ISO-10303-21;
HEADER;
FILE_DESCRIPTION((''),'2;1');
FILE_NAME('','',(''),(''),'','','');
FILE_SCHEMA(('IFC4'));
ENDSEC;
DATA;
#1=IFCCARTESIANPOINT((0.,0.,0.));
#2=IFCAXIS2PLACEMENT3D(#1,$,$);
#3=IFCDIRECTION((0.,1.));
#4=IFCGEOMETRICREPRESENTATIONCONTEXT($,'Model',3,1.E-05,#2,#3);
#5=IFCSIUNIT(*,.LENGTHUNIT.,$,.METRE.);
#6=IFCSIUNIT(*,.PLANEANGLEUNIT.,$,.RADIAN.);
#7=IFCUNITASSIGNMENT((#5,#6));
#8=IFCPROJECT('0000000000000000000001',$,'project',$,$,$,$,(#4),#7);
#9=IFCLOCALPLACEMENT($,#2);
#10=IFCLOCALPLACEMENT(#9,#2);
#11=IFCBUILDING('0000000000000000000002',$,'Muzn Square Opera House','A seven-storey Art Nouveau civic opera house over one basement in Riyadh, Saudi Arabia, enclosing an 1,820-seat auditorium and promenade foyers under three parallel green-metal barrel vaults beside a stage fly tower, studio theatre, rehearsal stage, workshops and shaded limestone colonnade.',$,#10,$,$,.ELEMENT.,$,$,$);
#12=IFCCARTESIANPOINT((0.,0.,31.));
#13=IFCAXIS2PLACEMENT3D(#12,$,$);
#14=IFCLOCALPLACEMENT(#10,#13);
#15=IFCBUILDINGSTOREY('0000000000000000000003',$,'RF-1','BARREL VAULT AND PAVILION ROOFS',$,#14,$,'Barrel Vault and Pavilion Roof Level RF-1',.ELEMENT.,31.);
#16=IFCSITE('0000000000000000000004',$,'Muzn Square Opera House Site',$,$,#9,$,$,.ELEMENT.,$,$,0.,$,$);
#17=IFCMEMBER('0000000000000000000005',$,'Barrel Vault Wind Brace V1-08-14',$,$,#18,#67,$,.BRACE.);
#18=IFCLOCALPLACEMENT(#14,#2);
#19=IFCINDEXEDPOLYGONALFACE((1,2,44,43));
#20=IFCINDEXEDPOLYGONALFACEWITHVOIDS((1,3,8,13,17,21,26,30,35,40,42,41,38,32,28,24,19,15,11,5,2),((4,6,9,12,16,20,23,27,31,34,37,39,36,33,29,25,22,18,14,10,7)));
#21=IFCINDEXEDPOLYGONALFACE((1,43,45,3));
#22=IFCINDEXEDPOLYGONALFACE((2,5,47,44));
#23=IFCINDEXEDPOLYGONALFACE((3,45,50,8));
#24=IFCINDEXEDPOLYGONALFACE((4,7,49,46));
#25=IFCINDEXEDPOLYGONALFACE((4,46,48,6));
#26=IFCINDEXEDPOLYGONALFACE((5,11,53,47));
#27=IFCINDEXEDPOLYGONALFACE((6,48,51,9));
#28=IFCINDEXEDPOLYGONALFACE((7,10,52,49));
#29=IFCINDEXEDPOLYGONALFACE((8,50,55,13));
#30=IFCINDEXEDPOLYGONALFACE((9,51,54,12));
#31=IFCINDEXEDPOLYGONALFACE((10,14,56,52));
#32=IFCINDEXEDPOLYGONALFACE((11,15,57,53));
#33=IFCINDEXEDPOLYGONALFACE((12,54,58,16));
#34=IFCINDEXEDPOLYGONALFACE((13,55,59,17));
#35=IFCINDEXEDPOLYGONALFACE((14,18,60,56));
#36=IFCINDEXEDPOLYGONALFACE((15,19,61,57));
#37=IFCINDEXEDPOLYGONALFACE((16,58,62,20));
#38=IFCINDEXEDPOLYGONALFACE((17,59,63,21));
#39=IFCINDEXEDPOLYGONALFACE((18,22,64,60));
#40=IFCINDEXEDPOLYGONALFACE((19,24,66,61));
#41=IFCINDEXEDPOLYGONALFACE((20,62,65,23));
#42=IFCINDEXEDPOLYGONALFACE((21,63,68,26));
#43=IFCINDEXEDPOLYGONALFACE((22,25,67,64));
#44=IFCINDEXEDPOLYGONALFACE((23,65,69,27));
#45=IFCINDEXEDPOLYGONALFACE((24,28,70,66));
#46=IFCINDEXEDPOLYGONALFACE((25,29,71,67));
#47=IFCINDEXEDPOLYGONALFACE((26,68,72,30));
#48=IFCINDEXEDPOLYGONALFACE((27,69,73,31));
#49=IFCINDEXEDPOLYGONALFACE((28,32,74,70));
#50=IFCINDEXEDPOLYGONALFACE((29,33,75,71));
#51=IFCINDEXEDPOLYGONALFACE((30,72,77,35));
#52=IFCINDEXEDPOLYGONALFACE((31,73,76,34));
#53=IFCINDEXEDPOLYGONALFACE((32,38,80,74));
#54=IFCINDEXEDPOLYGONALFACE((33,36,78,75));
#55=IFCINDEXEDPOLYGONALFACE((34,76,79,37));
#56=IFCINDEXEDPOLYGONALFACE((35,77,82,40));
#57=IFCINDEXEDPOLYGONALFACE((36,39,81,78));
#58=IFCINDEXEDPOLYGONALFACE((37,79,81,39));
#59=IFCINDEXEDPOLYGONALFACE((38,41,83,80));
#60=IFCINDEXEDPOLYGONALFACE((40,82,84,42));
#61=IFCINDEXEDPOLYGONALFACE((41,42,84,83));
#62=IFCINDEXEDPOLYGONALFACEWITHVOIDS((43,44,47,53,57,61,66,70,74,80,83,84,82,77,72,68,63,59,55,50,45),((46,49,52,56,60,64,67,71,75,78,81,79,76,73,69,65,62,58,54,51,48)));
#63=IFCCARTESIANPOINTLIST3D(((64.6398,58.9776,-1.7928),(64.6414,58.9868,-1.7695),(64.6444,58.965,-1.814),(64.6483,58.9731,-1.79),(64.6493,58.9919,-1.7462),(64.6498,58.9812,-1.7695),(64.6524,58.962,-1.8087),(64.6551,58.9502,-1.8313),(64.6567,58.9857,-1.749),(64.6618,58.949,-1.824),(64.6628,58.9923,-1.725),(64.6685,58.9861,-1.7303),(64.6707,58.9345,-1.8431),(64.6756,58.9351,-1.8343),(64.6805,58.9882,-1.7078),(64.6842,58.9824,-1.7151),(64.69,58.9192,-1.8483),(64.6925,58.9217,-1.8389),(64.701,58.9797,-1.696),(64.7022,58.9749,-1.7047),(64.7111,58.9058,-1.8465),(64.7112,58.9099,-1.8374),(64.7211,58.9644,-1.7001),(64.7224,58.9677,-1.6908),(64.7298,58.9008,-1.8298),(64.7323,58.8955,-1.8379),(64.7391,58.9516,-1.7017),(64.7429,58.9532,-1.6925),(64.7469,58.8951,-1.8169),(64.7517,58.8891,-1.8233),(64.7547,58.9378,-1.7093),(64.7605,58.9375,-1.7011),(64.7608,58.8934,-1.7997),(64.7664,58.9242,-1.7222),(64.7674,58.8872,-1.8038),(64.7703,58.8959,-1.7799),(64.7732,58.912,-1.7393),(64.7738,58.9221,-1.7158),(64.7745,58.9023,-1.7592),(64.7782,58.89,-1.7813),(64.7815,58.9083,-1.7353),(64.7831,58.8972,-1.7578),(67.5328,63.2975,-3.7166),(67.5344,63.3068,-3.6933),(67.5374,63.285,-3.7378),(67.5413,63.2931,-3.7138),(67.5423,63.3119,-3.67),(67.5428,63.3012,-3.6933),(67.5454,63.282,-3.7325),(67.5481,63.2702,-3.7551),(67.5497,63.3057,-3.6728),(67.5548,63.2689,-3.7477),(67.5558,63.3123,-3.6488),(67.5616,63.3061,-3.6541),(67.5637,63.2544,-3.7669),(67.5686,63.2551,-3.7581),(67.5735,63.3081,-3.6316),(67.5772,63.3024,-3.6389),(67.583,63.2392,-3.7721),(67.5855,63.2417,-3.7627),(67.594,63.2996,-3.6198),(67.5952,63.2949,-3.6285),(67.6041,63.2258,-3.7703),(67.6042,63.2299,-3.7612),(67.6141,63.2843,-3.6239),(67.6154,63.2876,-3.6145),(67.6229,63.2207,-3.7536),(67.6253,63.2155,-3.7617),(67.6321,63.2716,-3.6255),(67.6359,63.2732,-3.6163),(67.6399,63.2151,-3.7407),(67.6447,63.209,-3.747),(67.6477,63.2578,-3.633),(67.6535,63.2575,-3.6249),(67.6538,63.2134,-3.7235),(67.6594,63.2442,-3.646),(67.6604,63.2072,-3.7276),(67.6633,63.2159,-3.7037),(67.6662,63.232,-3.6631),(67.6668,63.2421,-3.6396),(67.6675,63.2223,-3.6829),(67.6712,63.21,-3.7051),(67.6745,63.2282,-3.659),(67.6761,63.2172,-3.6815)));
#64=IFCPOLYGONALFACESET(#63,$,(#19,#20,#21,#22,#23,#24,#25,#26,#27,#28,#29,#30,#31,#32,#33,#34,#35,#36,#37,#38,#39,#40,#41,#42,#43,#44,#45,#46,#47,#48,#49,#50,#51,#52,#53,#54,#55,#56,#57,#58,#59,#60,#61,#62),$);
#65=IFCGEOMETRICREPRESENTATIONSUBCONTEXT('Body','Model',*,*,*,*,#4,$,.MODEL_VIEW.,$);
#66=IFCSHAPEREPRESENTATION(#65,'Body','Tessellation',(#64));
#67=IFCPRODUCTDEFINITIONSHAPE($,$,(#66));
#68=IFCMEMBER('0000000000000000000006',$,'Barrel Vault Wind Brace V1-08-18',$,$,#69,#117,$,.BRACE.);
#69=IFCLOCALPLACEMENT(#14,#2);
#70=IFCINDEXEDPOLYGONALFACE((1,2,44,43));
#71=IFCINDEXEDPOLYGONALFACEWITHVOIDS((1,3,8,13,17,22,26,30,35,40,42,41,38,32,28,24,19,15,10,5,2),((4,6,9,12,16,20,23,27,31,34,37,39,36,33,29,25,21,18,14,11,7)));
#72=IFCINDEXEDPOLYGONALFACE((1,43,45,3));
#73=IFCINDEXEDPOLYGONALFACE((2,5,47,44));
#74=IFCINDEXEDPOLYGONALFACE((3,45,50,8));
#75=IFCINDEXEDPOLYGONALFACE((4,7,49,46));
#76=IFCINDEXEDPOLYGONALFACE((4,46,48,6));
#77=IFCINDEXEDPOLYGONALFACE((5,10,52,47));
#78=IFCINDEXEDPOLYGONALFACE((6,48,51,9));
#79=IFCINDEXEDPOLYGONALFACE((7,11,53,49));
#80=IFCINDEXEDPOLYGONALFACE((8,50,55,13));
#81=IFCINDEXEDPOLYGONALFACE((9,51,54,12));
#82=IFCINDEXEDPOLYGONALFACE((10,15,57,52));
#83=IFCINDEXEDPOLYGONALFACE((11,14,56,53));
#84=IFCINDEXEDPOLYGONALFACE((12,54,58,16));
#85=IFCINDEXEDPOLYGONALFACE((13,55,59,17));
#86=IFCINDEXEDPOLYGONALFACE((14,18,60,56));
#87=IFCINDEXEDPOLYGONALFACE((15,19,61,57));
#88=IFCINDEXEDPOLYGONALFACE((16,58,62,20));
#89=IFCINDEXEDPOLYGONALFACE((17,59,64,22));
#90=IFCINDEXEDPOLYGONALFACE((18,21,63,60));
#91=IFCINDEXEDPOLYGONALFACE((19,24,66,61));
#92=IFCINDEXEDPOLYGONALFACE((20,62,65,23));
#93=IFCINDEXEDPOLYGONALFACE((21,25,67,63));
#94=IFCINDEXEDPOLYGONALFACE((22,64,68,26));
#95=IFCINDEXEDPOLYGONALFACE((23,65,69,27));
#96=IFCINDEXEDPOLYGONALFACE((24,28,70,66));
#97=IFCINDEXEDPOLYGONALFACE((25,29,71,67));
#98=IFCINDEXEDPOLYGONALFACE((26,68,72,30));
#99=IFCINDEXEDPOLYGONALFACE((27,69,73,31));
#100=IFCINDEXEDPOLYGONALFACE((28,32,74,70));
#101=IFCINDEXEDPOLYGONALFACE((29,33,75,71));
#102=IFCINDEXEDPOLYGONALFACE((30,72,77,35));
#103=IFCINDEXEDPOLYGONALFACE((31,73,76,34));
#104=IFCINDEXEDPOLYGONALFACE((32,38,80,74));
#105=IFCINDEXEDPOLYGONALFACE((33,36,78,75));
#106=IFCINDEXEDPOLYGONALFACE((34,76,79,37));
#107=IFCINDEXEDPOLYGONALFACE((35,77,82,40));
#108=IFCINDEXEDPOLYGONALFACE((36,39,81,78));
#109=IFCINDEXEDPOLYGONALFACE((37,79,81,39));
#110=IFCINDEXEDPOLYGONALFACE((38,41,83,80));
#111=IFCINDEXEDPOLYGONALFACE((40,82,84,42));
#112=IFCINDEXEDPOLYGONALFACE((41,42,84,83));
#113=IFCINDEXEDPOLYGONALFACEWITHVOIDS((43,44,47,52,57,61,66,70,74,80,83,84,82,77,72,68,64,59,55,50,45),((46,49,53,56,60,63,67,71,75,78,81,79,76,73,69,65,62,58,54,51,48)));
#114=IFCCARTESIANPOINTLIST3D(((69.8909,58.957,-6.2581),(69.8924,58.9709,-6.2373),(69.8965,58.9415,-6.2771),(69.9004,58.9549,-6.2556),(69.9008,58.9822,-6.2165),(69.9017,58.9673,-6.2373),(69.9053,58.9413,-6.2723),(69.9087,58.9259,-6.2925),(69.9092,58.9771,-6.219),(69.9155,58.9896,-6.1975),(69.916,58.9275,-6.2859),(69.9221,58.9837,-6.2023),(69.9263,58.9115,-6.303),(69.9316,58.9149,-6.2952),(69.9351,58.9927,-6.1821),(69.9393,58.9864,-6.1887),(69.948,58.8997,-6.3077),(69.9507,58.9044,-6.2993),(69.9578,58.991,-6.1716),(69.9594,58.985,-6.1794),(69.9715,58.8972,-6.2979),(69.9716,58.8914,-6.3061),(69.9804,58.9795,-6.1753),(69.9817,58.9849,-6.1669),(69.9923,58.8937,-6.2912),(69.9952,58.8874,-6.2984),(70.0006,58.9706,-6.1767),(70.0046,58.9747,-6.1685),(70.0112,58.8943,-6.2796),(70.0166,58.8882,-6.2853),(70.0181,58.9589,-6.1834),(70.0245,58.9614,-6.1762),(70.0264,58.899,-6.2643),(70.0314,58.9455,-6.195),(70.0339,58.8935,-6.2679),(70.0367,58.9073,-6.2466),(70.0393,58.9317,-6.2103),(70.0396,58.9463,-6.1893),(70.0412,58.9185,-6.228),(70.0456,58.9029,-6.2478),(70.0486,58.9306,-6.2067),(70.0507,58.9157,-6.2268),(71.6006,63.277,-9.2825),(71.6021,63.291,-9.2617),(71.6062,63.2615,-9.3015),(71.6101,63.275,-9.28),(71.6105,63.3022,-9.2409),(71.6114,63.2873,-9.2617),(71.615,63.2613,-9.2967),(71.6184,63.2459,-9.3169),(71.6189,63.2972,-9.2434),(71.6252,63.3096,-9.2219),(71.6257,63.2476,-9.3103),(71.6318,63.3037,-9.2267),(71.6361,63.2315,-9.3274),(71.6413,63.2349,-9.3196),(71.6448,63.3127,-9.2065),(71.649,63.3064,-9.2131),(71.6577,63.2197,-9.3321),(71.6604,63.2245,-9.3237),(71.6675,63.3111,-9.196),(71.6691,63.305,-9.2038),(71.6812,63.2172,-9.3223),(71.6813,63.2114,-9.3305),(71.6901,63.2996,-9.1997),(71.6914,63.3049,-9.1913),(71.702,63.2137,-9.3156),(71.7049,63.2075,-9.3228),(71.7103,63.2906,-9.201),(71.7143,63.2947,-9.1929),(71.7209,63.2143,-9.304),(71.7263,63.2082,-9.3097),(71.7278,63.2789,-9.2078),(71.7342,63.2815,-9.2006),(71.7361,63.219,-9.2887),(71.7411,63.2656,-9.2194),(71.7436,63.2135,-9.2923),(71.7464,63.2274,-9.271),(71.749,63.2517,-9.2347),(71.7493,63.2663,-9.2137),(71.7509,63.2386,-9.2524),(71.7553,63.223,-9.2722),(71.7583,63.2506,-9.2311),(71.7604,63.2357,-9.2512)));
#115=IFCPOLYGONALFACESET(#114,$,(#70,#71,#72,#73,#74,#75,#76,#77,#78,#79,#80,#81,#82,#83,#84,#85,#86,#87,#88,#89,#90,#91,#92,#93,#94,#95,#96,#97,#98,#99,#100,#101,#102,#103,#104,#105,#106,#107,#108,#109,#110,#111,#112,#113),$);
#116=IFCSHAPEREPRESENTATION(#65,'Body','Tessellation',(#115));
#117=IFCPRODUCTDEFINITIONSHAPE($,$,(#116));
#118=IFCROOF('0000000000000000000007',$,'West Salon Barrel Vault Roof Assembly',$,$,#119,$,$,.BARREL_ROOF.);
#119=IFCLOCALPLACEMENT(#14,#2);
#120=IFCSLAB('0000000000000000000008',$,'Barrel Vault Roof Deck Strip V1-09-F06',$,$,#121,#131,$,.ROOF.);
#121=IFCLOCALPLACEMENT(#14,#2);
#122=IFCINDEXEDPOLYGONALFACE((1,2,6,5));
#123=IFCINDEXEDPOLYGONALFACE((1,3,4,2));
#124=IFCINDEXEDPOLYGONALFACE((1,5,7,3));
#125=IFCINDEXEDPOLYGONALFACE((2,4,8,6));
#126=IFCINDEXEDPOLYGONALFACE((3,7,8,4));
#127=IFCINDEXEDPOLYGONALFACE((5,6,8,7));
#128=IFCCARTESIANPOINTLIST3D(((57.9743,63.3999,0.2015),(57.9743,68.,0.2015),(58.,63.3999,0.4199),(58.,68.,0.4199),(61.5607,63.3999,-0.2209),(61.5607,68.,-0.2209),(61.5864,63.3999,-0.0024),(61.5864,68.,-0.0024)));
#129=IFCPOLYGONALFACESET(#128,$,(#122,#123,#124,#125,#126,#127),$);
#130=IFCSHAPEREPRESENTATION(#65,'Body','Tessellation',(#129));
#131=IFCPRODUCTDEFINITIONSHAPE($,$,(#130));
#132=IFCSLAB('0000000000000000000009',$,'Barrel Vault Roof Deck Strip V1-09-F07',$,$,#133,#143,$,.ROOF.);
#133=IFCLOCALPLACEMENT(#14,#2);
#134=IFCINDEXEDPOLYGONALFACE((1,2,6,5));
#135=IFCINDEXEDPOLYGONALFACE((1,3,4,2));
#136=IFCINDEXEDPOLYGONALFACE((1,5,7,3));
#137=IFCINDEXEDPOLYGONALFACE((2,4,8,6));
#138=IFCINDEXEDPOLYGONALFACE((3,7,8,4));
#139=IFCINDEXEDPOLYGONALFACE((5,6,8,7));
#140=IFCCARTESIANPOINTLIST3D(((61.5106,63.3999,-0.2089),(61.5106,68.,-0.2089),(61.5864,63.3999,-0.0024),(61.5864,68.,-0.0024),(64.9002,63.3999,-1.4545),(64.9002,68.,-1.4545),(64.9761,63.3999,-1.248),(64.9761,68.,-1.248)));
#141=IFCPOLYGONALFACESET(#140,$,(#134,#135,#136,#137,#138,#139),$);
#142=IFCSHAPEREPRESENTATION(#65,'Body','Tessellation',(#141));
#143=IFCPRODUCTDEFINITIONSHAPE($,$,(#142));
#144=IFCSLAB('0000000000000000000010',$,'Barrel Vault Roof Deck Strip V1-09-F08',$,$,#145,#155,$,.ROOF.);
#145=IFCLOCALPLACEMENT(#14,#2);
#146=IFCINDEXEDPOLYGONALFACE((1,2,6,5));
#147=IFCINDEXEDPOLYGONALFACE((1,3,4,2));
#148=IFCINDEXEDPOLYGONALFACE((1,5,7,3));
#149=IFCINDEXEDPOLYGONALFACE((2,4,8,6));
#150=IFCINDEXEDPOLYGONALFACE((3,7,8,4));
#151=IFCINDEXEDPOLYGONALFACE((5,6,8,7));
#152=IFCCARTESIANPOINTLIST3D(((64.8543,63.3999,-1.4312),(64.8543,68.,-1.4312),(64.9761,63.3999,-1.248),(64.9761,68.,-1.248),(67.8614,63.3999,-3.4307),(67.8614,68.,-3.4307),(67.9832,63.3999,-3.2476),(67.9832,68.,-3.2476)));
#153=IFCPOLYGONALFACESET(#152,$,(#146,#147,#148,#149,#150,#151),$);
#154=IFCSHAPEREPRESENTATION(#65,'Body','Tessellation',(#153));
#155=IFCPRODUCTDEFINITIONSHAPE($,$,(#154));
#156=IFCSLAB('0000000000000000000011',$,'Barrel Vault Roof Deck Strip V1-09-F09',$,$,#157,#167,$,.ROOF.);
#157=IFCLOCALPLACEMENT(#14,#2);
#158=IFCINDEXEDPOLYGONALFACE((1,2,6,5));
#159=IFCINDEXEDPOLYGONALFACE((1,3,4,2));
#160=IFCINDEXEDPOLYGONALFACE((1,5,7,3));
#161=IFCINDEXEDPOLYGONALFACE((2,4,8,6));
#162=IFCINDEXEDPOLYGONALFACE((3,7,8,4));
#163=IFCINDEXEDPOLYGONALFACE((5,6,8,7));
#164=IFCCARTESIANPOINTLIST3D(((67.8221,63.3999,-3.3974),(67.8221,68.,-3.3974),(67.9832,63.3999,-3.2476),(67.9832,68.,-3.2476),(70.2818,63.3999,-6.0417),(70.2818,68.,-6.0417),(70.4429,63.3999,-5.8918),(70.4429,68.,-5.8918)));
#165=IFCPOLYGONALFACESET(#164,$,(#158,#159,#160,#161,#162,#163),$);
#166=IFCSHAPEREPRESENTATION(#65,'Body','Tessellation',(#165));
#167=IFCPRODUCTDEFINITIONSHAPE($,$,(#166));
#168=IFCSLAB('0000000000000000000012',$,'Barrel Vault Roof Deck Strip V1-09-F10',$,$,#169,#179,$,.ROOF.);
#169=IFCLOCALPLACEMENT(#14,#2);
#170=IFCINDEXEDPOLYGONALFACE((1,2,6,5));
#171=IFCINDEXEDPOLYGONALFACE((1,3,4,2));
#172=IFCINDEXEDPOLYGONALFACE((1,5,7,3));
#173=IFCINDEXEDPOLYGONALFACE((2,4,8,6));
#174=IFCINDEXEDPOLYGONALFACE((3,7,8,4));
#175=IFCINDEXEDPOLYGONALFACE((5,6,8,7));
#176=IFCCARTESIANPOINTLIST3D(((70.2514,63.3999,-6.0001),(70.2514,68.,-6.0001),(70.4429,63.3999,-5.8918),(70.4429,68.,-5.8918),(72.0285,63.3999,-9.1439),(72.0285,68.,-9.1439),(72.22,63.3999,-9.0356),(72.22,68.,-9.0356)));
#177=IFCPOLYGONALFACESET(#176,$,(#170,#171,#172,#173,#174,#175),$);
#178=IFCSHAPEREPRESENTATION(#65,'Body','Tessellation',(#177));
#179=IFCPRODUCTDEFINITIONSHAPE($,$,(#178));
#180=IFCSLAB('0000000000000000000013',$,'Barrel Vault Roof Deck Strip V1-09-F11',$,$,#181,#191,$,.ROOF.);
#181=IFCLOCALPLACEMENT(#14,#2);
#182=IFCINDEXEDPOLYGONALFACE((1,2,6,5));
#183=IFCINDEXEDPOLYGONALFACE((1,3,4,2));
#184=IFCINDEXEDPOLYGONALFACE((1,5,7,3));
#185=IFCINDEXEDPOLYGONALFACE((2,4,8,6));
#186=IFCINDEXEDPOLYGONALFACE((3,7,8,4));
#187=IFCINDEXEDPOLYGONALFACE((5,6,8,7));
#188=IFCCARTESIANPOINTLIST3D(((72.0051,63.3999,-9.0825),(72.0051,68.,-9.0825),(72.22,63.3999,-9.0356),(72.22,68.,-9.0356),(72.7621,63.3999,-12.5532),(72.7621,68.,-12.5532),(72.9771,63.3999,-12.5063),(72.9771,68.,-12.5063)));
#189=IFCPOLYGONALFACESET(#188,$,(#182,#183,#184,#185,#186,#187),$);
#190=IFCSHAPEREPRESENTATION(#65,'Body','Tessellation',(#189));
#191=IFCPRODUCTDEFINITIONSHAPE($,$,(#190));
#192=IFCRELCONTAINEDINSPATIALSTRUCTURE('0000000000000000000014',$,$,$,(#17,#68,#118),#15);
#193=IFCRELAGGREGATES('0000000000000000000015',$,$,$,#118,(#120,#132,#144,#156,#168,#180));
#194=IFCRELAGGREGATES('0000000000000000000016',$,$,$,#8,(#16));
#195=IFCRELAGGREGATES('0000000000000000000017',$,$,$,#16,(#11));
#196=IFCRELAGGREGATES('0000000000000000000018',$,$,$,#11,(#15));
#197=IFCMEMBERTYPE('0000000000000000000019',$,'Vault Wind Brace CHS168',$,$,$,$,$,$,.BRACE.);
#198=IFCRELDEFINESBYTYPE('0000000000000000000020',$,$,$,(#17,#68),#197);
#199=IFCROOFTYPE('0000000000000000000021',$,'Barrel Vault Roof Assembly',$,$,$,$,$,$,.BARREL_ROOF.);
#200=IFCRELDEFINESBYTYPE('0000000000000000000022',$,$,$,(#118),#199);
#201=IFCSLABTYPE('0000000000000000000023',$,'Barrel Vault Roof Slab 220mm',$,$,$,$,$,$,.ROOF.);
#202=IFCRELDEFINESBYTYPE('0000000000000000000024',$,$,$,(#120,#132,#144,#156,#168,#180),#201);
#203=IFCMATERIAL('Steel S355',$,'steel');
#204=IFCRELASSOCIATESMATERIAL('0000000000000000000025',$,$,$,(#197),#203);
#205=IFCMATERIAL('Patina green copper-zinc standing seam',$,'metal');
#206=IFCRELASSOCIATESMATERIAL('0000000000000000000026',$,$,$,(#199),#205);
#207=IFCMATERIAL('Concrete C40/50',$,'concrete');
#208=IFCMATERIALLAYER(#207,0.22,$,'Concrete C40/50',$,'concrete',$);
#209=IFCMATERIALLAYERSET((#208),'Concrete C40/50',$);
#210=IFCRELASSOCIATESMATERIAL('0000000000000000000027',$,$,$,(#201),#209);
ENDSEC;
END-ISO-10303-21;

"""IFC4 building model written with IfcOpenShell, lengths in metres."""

from ifc_helpers import new_model, si_unit, direction, frame, origin, origin_2d, place, context, subcontext, project, spatial, polyline, hollow_circle, outline, extrude, material, layer, layer_set, material_profile, profile_set, type_object, element, aggregate, save


model = new_model("IFC4")

# Units and contexts
model_context = context("Model", 3, precision=1e-05, world=origin(), true_north=direction((0.0, 1.0)))
body_context = subcontext(model_context, "Body", "Model", "MODEL_VIEW")
ifc_project = project(units=[si_unit("LENGTHUNIT", "METRE"), si_unit("PLANEANGLEUNIT", "RADIAN")], contexts=[model_context])

# Site, building, storey
site_placement = place(None, origin())
site = spatial("IfcSite", under=ifc_project, at=site_placement, Name="Muzn Square Opera House Site", CompositionType="ELEMENT", RefElevation=0.0)
building_placement = place(site_placement, origin())
building = spatial("IfcBuilding", under=site, at=building_placement, Name="Muzn Square Opera House", Description="A seven-storey Art Nouveau civic opera house over one basement in Riyadh, Saudi Arabia, enclosing an 1,820-seat auditorium and promenade foyers under three parallel green-metal barrel vaults beside a stage fly tower, studio theatre, rehearsal stage, workshops and shaded limestone colonnade.", CompositionType="ELEMENT")
storey_placement = place(building_placement, frame((0.0, 0.0, 31.0)))
storey = spatial("IfcBuildingStorey", under=building, at=storey_placement, Name="RF-1", Description="BARREL VAULT AND PAVILION ROOFS", LongName="Barrel Vault and Pavilion Roof Level RF-1", CompositionType="ELEMENT", Elevation=31.0)

# Shared definitions
ifc_material_1 = material(Name="Steel S355", Category="steel")

# Members
ifc_material_profile_1 = material_profile(ifc_material_1, hollow_circle(Radius=0.0842, WallThickness=0.01, at=origin_2d()), Name="CHS 168.3x10", Category="steel")
ifc_profile_set_1 = profile_set([ifc_material_profile_1], Name="Steel S355")
member_type = type_object("IfcMemberType", Name="Vault Wind Brace CHS168", PredefinedType="BRACE", material=ifc_profile_set_1)
for number, where, z_axis, x_axis, name in (
    (1, (64.7114, 58.9399, -1.7695), (0.521854, 0.779258, -0.347022), (-0.830893, 0.556433, 0.0), "Barrel Vault Wind Brace V1-08-14"),
    (2, (69.9707, 58.9399, -6.2373), (0.308404, 0.779268, -0.545553), (-0.929829, 0.367991, 0.0), "Barrel Vault Wind Brace V1-08-18"),
):
    element("IfcMember", number, at=place(storey_placement, frame(where, z_axis=z_axis, x_axis=x_axis)), inside=storey, type_object=member_type, Name=name, PredefinedType="BRACE", context=body_context, shape_type="SweptSolid", body=[
        extrude(hollow_circle(Radius=0.0842, WallThickness=0.01, at=origin_2d()), origin(), (0.0, 0.0, 1.0), 5.5437),
    ])

# Roof, slabs
ifc_material_2 = material(Name="Patina green copper-zinc standing seam", Category="metal")
roof_type = type_object("IfcRoofType", Name="Barrel Vault Roof Assembly", PredefinedType="BARREL_ROOF", material=ifc_material_2)
roof_placement = place(storey_placement, origin())
roof = element("IfcRoof", 3, at=roof_placement, inside=storey, type_object=roof_type, Name="West Salon Barrel Vault Roof Assembly", PredefinedType="BARREL_ROOF")
ifc_material_3 = material(Name="Concrete C40/50", Category="concrete")
ifc_layer_1 = layer(ifc_material_3, 0.22, Name="Concrete C40/50", Category="concrete")
ifc_layer_set_1 = layer_set([ifc_layer_1], Name="Concrete C40/50")
slab_type = type_object("IfcSlabType", Name="Barrel Vault Roof Slab 220mm", PredefinedType="ROOF", material=ifc_layer_set_1)
slab_1_placement = place(storey_placement, frame((58.0, 63.3999, 0.4199), z_axis=(0.116959, 0.0, 0.993137), x_axis=(0.993137, 0.0, -0.116959)))
slab_1 = element("IfcSlab", 4, at=slab_1_placement, type_object=slab_type, Name="Barrel Vault Roof Deck Strip V1-09-F06", PredefinedType="ROOF", context=body_context, shape_type="SweptSolid", body=[
    extrude(outline(polyline([(0.0, 0.0), (3.6112, 0.0), (3.6112, 4.6001), (0.0, 4.6001), (0.0, 0.0)])), origin(), (0.0, 0.0, -1.0), 0.22),
])
slab_2_placement = place(storey_placement, frame((61.5864, 63.3999, -0.0024), z_axis=(0.344922, 0.0, 0.938631), x_axis=(0.938631, 0.0, -0.344922)))
slab_2 = element("IfcSlab", 5, at=slab_2_placement, type_object=slab_type, Name="Barrel Vault Roof Deck Strip V1-09-F07", PredefinedType="ROOF", context=body_context, shape_type="SweptSolid", body=[
    extrude(outline(polyline([(0.0, 0.0), (3.6113, 0.0), (3.6113, 4.6001), (0.0, 4.6001), (0.0, 0.0)])), origin(), (0.0, 0.0, -1.0), 0.22),
])
slab_3_placement = place(storey_placement, frame((64.9761, 63.3999, -1.248), z_axis=(0.553701, 0.0, 0.832715), x_axis=(0.832715, 0.0, -0.553701)))
slab_3 = element("IfcSlab", 6, at=slab_3_placement, type_object=slab_type, Name="Barrel Vault Roof Deck Strip V1-09-F08", PredefinedType="ROOF", context=body_context, shape_type="SweptSolid", body=[
    extrude(outline(polyline([(0.0, 0.0), (3.6112, 0.0), (3.6112, 4.6001), (0.0, 4.6001), (0.0, 0.0)])), origin(), (0.0, 0.0, -1.0), 0.22),
])
slab_4_placement = place(storey_placement, frame((67.9832, 63.3999, -3.2476), z_axis=(0.732198, 0.0, 0.681091), x_axis=(0.681091, 0.0, -0.732198)))
slab_4 = element("IfcSlab", 7, at=slab_4_placement, type_object=slab_type, Name="Barrel Vault Roof Deck Strip V1-09-F09", PredefinedType="ROOF", context=body_context, shape_type="SweptSolid", body=[
    extrude(outline(polyline([(0.0, 0.0), (3.6114, 0.0), (3.6114, 4.6001), (0.0, 4.6001), (0.0, 0.0)])), origin(), (0.0, 0.0, -1.0), 0.22),
])
slab_5_placement = place(storey_placement, frame((70.4429, 63.3999, -5.8918), z_axis=(0.870543, 0.0, 0.492093), x_axis=(0.492093, 0.0, -0.870543)))
slab_5 = element("IfcSlab", 8, at=slab_5_placement, type_object=slab_type, Name="Barrel Vault Roof Deck Strip V1-09-F10", PredefinedType="ROOF", context=body_context, shape_type="SweptSolid", body=[
    extrude(outline(polyline([(0.0, 0.0), (3.6113, 0.0), (3.6113, 4.6001), (0.0, 4.6001), (0.0, 0.0)])), origin(), (0.0, 0.0, -1.0), 0.22),
])
slab_6_placement = place(storey_placement, frame((72.22, 63.3999, -9.0356), z_axis=(0.977025, 0.0, 0.213123), x_axis=(0.213123, 0.0, -0.977025)))
slab_6 = element("IfcSlab", 9, at=slab_6_placement, type_object=slab_type, Name="Barrel Vault Roof Deck Strip V1-09-F11", PredefinedType="ROOF", context=body_context, shape_type="SweptSolid", body=[
    extrude(outline(polyline([(0.0, 0.0), (3.5523, 0.0), (3.5523, 4.6001), (0.0, 4.6001), (0.0, 0.0)])), origin(), (0.0, 0.0, -1.0), 0.22),
])
aggregate(roof, [slab_1, slab_2, slab_3, slab_4, slab_5, slab_6])

save(model, "model.ifc")
